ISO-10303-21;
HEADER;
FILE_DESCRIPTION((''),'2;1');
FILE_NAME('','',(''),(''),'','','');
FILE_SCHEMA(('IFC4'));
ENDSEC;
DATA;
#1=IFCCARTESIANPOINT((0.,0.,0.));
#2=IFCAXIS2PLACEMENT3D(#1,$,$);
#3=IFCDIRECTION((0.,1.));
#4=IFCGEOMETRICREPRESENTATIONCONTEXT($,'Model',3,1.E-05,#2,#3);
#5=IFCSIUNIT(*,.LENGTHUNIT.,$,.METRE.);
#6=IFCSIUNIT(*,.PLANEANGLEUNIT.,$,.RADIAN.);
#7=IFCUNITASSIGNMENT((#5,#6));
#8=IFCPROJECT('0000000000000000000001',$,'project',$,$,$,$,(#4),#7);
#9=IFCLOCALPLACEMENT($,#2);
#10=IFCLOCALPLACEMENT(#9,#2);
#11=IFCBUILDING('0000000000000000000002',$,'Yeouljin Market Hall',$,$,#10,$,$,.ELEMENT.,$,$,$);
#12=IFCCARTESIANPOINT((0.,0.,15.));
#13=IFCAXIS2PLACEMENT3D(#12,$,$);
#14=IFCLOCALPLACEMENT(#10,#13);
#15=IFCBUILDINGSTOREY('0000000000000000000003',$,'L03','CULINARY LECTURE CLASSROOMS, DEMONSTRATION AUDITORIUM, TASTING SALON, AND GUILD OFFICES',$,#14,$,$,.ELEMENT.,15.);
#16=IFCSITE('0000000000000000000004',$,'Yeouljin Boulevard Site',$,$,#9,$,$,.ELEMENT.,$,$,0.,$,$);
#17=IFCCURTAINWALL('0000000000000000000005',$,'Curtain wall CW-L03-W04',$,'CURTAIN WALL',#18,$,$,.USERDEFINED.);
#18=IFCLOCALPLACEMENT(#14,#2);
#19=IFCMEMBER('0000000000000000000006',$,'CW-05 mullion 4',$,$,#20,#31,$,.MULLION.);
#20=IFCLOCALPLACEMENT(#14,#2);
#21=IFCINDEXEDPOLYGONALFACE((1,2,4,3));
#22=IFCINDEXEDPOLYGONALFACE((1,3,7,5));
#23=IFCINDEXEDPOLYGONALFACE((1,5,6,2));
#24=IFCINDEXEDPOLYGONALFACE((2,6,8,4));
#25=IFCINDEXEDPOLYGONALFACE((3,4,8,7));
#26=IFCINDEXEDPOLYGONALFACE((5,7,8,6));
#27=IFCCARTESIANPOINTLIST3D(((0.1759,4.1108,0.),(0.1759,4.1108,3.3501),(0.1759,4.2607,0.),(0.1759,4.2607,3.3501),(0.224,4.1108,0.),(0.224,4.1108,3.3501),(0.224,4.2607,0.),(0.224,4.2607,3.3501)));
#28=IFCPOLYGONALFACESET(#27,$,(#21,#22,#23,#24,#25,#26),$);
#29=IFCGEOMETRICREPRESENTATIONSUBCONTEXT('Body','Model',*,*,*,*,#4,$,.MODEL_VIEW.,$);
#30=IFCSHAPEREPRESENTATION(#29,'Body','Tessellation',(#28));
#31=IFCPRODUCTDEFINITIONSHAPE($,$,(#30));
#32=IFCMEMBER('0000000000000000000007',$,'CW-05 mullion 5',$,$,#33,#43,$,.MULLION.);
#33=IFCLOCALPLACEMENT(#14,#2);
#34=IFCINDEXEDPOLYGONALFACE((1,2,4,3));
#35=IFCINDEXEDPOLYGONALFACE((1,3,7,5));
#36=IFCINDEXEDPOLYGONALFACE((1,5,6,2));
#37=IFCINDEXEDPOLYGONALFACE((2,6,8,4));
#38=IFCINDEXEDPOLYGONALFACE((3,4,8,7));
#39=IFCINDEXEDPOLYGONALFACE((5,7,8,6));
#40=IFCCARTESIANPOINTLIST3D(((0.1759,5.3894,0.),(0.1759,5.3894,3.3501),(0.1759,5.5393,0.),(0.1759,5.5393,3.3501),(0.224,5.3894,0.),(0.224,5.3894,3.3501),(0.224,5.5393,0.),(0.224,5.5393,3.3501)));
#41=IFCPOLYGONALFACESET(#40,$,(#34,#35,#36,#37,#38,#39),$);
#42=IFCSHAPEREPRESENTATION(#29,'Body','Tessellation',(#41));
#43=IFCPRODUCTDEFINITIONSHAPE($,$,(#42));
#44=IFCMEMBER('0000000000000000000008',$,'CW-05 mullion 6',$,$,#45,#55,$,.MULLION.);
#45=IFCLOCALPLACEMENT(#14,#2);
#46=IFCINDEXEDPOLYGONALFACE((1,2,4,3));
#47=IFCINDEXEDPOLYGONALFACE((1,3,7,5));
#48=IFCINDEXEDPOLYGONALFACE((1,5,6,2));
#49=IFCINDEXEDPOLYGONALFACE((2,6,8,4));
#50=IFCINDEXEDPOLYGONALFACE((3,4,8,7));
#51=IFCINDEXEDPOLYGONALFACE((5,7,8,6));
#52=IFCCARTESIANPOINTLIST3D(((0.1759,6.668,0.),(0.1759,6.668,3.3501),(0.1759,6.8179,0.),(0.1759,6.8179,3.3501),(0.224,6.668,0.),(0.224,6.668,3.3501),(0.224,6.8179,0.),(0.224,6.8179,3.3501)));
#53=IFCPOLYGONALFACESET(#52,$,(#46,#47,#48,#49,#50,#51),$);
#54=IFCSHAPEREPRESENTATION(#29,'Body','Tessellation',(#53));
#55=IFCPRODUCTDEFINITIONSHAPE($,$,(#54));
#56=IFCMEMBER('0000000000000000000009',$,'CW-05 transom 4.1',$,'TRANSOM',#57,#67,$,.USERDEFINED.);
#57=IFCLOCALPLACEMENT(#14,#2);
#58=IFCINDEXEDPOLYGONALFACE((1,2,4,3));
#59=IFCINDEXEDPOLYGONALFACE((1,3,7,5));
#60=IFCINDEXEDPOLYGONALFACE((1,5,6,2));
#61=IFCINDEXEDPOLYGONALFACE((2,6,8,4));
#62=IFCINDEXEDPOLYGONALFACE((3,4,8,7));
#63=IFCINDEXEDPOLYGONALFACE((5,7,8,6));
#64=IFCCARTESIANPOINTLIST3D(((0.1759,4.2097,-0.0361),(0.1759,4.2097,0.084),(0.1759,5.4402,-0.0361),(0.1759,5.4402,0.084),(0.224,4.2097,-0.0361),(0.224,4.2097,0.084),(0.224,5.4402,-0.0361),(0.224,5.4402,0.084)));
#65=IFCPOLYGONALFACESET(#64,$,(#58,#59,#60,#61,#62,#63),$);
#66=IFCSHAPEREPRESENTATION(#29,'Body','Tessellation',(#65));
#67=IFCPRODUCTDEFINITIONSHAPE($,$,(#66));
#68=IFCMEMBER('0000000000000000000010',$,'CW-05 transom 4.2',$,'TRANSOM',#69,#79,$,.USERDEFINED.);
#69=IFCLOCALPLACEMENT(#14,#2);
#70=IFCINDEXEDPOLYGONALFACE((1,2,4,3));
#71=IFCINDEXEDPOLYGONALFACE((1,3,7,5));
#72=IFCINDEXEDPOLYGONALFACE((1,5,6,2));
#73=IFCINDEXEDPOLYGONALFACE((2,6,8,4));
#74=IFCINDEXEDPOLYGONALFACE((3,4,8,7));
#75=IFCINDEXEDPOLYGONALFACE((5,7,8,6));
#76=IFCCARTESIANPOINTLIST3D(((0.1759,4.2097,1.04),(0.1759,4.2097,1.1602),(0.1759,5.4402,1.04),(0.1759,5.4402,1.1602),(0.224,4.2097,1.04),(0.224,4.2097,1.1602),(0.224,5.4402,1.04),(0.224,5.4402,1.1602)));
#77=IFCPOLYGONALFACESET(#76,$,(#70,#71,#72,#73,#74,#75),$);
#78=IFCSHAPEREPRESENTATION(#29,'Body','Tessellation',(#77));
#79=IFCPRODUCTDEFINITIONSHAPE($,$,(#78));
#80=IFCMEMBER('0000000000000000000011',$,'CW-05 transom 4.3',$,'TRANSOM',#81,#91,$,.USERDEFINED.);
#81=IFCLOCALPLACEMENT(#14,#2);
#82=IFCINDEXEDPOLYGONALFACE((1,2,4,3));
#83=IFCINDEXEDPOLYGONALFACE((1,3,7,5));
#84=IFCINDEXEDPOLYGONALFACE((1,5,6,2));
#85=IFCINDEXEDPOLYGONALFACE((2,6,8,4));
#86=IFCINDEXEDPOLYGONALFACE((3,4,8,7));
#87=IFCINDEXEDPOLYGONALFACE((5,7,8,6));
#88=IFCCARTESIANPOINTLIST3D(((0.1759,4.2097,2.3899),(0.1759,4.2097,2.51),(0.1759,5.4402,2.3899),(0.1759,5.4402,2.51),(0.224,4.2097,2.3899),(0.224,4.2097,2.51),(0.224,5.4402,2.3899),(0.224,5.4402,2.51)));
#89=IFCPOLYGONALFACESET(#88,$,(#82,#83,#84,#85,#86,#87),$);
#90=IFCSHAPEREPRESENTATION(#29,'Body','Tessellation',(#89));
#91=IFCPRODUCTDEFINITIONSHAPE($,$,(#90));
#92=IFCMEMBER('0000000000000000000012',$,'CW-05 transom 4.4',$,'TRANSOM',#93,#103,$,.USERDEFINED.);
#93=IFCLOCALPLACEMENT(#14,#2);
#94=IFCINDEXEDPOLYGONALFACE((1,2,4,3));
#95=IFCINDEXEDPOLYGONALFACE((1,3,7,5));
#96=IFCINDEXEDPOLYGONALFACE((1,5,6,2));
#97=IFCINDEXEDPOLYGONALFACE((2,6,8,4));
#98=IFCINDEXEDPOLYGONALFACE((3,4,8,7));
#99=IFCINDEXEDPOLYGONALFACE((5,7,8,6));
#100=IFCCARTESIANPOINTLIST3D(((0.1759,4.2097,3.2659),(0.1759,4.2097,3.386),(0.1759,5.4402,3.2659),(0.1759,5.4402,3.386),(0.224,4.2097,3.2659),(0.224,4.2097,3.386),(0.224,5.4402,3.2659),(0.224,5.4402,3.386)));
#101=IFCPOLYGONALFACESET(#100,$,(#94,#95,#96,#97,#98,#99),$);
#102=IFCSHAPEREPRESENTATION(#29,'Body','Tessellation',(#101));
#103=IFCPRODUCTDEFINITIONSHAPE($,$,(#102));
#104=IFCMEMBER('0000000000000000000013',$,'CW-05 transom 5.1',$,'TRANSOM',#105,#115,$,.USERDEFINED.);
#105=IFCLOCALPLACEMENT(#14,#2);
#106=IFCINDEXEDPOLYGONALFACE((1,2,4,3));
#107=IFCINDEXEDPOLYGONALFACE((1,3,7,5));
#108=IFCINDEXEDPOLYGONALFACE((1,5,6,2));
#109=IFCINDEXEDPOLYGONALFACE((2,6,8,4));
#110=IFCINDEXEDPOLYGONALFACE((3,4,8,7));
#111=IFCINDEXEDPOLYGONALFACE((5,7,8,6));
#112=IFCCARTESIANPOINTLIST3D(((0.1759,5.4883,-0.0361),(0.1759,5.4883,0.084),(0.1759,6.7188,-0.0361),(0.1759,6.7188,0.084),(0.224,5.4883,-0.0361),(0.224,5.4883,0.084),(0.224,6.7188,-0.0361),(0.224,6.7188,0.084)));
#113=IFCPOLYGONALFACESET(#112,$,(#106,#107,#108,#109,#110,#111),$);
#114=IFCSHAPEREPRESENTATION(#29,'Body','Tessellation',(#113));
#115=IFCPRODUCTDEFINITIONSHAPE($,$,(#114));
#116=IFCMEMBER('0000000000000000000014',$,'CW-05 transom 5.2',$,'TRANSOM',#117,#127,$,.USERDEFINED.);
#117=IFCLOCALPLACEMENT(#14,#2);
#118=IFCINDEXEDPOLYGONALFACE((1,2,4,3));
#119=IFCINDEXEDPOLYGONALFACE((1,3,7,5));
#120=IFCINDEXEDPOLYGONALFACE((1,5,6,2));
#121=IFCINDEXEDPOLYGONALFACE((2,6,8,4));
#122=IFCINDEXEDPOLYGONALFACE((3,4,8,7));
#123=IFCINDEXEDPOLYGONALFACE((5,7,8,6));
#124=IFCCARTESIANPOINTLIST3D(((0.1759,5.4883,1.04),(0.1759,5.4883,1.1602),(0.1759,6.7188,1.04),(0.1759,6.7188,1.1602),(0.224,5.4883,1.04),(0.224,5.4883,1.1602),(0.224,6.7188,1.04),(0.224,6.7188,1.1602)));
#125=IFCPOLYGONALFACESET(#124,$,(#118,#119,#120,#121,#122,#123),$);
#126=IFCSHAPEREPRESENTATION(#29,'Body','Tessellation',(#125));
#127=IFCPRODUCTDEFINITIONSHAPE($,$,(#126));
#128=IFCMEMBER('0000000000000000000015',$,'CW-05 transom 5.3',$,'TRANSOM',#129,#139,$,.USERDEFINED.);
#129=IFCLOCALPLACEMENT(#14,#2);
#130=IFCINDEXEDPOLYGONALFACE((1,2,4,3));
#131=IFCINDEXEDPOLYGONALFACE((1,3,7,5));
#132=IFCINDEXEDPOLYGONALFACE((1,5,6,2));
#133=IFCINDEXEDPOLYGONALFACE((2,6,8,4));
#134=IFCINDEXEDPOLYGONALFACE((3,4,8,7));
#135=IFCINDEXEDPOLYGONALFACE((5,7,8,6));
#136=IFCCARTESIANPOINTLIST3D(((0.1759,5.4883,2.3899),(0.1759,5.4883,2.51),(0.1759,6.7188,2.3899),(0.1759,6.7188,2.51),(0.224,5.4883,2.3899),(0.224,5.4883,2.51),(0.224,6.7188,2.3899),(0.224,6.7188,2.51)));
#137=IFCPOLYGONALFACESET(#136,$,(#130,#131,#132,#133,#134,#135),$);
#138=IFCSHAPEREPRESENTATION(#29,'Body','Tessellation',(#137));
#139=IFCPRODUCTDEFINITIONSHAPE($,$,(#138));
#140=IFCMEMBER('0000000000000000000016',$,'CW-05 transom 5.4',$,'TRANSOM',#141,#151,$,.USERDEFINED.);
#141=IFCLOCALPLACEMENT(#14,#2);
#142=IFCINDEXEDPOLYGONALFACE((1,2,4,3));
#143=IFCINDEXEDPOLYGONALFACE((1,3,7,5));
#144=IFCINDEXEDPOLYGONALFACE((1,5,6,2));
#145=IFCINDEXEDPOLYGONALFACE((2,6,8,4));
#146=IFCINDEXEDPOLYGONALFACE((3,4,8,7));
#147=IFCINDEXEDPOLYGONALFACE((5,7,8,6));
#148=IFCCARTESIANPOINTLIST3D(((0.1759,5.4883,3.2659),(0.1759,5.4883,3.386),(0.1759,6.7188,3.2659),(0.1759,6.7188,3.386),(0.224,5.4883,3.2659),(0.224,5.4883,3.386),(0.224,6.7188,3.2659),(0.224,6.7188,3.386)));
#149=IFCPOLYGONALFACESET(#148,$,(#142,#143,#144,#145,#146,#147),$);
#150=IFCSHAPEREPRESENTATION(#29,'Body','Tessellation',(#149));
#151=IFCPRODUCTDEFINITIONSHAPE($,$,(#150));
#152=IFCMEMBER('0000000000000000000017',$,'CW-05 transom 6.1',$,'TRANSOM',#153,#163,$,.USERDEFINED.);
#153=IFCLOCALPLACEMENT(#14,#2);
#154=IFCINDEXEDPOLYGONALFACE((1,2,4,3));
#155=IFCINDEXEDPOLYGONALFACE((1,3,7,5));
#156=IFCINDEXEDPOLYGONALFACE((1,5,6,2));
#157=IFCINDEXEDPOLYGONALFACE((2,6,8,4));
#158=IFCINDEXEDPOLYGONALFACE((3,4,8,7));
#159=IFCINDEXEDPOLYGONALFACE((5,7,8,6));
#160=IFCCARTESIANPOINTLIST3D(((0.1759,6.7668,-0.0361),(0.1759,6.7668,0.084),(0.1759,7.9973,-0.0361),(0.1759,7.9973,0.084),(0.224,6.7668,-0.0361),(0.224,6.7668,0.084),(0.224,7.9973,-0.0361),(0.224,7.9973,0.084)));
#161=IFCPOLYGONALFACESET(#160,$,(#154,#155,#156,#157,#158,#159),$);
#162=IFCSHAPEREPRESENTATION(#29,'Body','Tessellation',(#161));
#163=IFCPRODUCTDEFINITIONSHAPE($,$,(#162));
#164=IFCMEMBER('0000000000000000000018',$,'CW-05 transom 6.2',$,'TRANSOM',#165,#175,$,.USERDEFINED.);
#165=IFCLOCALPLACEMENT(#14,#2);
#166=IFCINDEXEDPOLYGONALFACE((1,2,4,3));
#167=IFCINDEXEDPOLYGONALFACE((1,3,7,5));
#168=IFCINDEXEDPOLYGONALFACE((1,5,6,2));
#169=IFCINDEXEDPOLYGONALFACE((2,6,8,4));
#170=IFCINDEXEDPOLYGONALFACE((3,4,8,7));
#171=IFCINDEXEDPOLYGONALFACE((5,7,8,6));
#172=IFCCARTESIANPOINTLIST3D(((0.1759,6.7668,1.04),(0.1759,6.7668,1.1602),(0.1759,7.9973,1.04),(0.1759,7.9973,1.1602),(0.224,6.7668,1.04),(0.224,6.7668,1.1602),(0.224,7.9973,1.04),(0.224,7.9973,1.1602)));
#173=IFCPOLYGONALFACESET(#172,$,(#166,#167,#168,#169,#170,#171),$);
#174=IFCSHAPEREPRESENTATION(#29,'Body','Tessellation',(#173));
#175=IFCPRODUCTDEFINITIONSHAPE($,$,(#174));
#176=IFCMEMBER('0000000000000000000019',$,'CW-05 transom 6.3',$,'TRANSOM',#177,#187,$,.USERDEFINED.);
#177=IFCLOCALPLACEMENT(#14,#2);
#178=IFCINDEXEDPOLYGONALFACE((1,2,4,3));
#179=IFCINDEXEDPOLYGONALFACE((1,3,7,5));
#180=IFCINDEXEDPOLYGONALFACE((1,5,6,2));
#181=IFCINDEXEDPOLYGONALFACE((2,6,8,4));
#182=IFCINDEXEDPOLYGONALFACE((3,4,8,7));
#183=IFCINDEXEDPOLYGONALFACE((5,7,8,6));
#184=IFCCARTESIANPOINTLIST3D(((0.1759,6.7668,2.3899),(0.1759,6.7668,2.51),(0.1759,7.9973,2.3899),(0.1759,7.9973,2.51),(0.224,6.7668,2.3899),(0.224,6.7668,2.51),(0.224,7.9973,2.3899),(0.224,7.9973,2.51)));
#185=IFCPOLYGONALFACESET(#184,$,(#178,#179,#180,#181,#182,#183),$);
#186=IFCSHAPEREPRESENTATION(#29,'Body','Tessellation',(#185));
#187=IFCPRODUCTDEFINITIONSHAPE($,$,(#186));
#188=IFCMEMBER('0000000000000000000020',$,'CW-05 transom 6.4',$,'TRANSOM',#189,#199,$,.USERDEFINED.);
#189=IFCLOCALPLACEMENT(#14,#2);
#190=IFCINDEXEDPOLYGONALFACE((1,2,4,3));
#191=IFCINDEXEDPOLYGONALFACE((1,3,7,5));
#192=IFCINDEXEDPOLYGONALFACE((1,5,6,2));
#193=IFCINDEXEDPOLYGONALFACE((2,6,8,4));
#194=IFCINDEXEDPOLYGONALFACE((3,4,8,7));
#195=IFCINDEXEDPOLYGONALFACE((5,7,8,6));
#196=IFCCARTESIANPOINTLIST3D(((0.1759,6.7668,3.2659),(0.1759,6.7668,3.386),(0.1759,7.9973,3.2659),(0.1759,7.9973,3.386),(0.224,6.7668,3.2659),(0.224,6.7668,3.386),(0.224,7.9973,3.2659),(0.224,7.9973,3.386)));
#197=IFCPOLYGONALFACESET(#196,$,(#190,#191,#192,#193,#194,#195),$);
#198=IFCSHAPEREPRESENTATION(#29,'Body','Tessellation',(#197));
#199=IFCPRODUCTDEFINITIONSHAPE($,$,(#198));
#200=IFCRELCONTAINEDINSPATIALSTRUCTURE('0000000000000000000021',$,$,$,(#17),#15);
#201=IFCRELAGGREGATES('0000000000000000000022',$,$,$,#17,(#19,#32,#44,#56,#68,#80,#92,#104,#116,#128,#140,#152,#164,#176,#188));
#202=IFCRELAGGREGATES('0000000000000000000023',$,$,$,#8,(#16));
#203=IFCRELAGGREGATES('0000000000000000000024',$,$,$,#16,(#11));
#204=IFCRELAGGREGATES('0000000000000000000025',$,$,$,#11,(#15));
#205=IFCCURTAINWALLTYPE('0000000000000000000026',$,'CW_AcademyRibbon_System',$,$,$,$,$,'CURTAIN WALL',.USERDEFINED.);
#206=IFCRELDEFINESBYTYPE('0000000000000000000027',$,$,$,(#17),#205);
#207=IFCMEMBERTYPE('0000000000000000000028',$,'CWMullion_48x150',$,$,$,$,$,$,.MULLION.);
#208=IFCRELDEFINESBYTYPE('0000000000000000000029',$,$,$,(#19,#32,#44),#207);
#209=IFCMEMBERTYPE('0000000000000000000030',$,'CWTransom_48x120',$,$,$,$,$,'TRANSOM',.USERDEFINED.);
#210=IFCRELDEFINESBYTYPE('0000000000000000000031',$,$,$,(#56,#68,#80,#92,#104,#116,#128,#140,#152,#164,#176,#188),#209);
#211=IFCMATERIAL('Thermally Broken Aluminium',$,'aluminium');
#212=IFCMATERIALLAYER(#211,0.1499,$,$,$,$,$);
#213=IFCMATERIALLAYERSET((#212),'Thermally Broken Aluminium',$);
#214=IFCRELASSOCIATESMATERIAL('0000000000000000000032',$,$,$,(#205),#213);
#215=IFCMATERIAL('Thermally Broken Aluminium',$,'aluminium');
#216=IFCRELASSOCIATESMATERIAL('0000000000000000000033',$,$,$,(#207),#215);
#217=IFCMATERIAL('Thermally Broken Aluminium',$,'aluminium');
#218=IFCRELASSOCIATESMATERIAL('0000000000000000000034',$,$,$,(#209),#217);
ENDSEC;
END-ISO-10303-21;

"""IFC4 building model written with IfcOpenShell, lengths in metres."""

from ifc_helpers import new_model, si_unit, direction, frame, origin, origin_2d, place, context, subcontext, project, spatial, rectangle, extrude, material, layer, layer_set, material_profile, profile_set, type_object, element, aggregate, save


model = new_model("IFC4")

# Units and contexts
model_context = context("Model", 3, precision=1e-05, world=origin(), true_north=direction((0.0, 1.0)))
body_context = subcontext(model_context, "Body", "Model", "MODEL_VIEW")
ifc_project = project(units=[si_unit("LENGTHUNIT", "METRE"), si_unit("PLANEANGLEUNIT", "RADIAN")], contexts=[model_context])

# Site, building, storey
site_placement = place(None, origin())
site = spatial("IfcSite", under=ifc_project, at=site_placement, Name="Yeouljin Boulevard Site", CompositionType="ELEMENT", RefElevation=0.0)
building_placement = place(site_placement, origin())
building = spatial("IfcBuilding", under=site, at=building_placement, Name="Yeouljin Market Hall", CompositionType="ELEMENT")
storey_placement = place(building_placement, frame((0.0, 0.0, 15.0)))
storey = spatial("IfcBuildingStorey", under=building, at=storey_placement, Name="L03", Description="CULINARY LECTURE CLASSROOMS, DEMONSTRATION AUDITORIUM, TASTING SALON, AND GUILD OFFICES", CompositionType="ELEMENT", Elevation=15.0)

# Curtain wall, members
ifc_material_1 = material(Name="Thermally Broken Aluminium", Category="aluminium")
ifc_layer_1 = layer(ifc_material_1, 0.1499)
ifc_layer_set_1 = layer_set([ifc_layer_1], Name="Thermally Broken Aluminium")
curtain_wall_type = type_object("IfcCurtainWallType", Name="CW_AcademyRibbon_System", ElementType="CURTAIN WALL", PredefinedType="USERDEFINED", material=ifc_layer_set_1)
curtain_wall_placement = place(storey_placement, origin())
curtain_wall = element("IfcCurtainWall", 1, at=curtain_wall_placement, inside=storey, type_object=curtain_wall_type, Name="Curtain wall CW-L03-W04", ObjectType="CURTAIN WALL", PredefinedType="USERDEFINED")
ifc_material_2 = material(Name="Thermally Broken Aluminium", Category="aluminium")
ifc_material_profile_1 = material_profile(ifc_material_2, rectangle(XDim=0.0481, YDim=0.1499, at=origin_2d()), Name="CW-MULL-48x150")
ifc_profile_set_1 = profile_set([ifc_material_profile_1], Name="Thermally Broken Aluminium")
member_type_1 = type_object("IfcMemberType", Name="CWMullion_48x150", PredefinedType="MULLION", material=ifc_profile_set_1)
member_1_placement = place(storey_placement, frame((0.2, 4.1858, 0.0), z_axis=(0.0, 0.0, 1.0), x_axis=(-1.0, 0.0, 0.0)))
member_1 = element("IfcMember", 2, at=member_1_placement, type_object=member_type_1, Name="CW-05 mullion 4", PredefinedType="MULLION", context=body_context, shape_type="SweptSolid", body=[
    extrude(rectangle(XDim=0.0481, YDim=0.1499, at=origin_2d()), origin(), (0.0, 0.0, 1.0), 3.3501),
])
member_2_placement = place(storey_placement, frame((0.2, 5.4644, 0.0), z_axis=(0.0, 0.0, 1.0), x_axis=(-1.0, 0.0, 0.0)))
member_2 = element("IfcMember", 3, at=member_2_placement, type_object=member_type_1, Name="CW-05 mullion 5", PredefinedType="MULLION", context=body_context, shape_type="SweptSolid", body=[
    extrude(rectangle(XDim=0.0481, YDim=0.1499, at=origin_2d()), origin(), (0.0, 0.0, 1.0), 3.3501),
])
member_3_placement = place(storey_placement, frame((0.2, 6.7429, 0.0), z_axis=(0.0, 0.0, 1.0), x_axis=(-1.0, 0.0, 0.0)))
member_3 = element("IfcMember", 4, at=member_3_placement, type_object=member_type_1, Name="CW-05 mullion 6", PredefinedType="MULLION", context=body_context, shape_type="SweptSolid", body=[
    extrude(rectangle(XDim=0.0481, YDim=0.1499, at=origin_2d()), origin(), (0.0, 0.0, 1.0), 3.3501),
])
ifc_material_3 = material(Name="Thermally Broken Aluminium", Category="aluminium")
ifc_material_profile_2 = material_profile(ifc_material_3, rectangle(XDim=0.0481, YDim=0.1201, at=origin_2d()), Name="CW-TRAN-48x120")
ifc_profile_set_2 = profile_set([ifc_material_profile_2], Name="Thermally Broken Aluminium")
member_type_2 = type_object("IfcMemberType", Name="CWTransom_48x120", ElementType="TRANSOM", PredefinedType="USERDEFINED", material=ifc_profile_set_2)
member_4_placement = place(storey_placement, frame((0.2, 4.2097, 0.0239), z_axis=(0.0, 1.0, 0.0), x_axis=(-1.0, 0.0, 0.0)))
member_4 = element("IfcMember", 5, at=member_4_placement, type_object=member_type_2, Name="CW-05 transom 4.1", ObjectType="TRANSOM", PredefinedType="USERDEFINED", context=body_context, shape_type="SweptSolid", body=[
    extrude(rectangle(XDim=0.0481, YDim=0.1201, at=origin_2d()), origin(), (0.0, 0.0, 1.0), 1.2305),
])
member_5_placement = place(storey_placement, frame((0.2, 4.2097, 1.1001), z_axis=(0.0, 1.0, 0.0), x_axis=(-1.0, 0.0, 0.0)))
member_5 = element("IfcMember", 6, at=member_5_placement, type_object=member_type_2, Name="CW-05 transom 4.2", ObjectType="TRANSOM", PredefinedType="USERDEFINED", context=body_context, shape_type="SweptSolid", body=[
    extrude(rectangle(XDim=0.0481, YDim=0.1201, at=origin_2d()), origin(), (0.0, 0.0, 1.0), 1.2305),
])
member_6_placement = place(storey_placement, frame((0.2, 4.2097, 2.45), z_axis=(0.0, 1.0, 0.0), x_axis=(-1.0, 0.0, 0.0)))
member_6 = element("IfcMember", 7, at=member_6_placement, type_object=member_type_2, Name="CW-05 transom 4.3", ObjectType="TRANSOM", PredefinedType="USERDEFINED", context=body_context, shape_type="SweptSolid", body=[
    extrude(rectangle(XDim=0.0481, YDim=0.1201, at=origin_2d()), origin(), (0.0, 0.0, 1.0), 1.2305),
])
member_7_placement = place(storey_placement, frame((0.2, 4.2097, 3.3259), z_axis=(0.0, 1.0, 0.0), x_axis=(-1.0, 0.0, 0.0)))
member_7 = element("IfcMember", 8, at=member_7_placement, type_object=member_type_2, Name="CW-05 transom 4.4", ObjectType="TRANSOM", PredefinedType="USERDEFINED", context=body_context, shape_type="SweptSolid", body=[
    extrude(rectangle(XDim=0.0481, YDim=0.1201, at=origin_2d()), origin(), (0.0, 0.0, 1.0), 1.2305),
])
member_8_placement = place(storey_placement, frame((0.2, 5.4883, 0.0239), z_axis=(0.0, 1.0, 0.0), x_axis=(-1.0, 0.0, 0.0)))
member_8 = element("IfcMember", 9, at=member_8_placement, type_object=member_type_2, Name="CW-05 transom 5.1", ObjectType="TRANSOM", PredefinedType="USERDEFINED", context=body_context, shape_type="SweptSolid", body=[
    extrude(rectangle(XDim=0.0481, YDim=0.1201, at=origin_2d()), origin(), (0.0, 0.0, 1.0), 1.2305),
])
member_9_placement = place(storey_placement, frame((0.2, 5.4883, 1.1001), z_axis=(0.0, 1.0, 0.0), x_axis=(-1.0, 0.0, 0.0)))
member_9 = element("IfcMember", 10, at=member_9_placement, type_object=member_type_2, Name="CW-05 transom 5.2", ObjectType="TRANSOM", PredefinedType="USERDEFINED", context=body_context, shape_type="SweptSolid", body=[
    extrude(rectangle(XDim=0.0481, YDim=0.1201, at=origin_2d()), origin(), (0.0, 0.0, 1.0), 1.2305),
])
member_10_placement = place(storey_placement, frame((0.2, 5.4883, 2.45), z_axis=(0.0, 1.0, 0.0), x_axis=(-1.0, 0.0, 0.0)))
member_10 = element("IfcMember", 11, at=member_10_placement, type_object=member_type_2, Name="CW-05 transom 5.3", ObjectType="TRANSOM", PredefinedType="USERDEFINED", context=body_context, shape_type="SweptSolid", body=[
    extrude(rectangle(XDim=0.0481, YDim=0.1201, at=origin_2d()), origin(), (0.0, 0.0, 1.0), 1.2305),
])
member_11_placement = place(storey_placement, frame((0.2, 5.4883, 3.3259), z_axis=(0.0, 1.0, 0.0), x_axis=(-1.0, 0.0, 0.0)))
member_11 = element("IfcMember", 12, at=member_11_placement, type_object=member_type_2, Name="CW-05 transom 5.4", ObjectType="TRANSOM", PredefinedType="USERDEFINED", context=body_context, shape_type="SweptSolid", body=[
    extrude(rectangle(XDim=0.0481, YDim=0.1201, at=origin_2d()), origin(), (0.0, 0.0, 1.0), 1.2305),
])
member_12_placement = place(storey_placement, frame((0.2, 6.7668, 0.0239), z_axis=(0.0, 1.0, 0.0), x_axis=(-1.0, 0.0, 0.0)))
member_12 = element("IfcMember", 13, at=member_12_placement, type_object=member_type_2, Name="CW-05 transom 6.1", ObjectType="TRANSOM", PredefinedType="USERDEFINED", context=body_context, shape_type="SweptSolid", body=[
    extrude(rectangle(XDim=0.0481, YDim=0.1201, at=origin_2d()), origin(), (0.0, 0.0, 1.0), 1.2305),
])
member_13_placement = place(storey_placement, frame((0.2, 6.7668, 1.1001), z_axis=(0.0, 1.0, 0.0), x_axis=(-1.0, 0.0, 0.0)))
member_13 = element("IfcMember", 14, at=member_13_placement, type_object=member_type_2, Name="CW-05 transom 6.2", ObjectType="TRANSOM", PredefinedType="USERDEFINED", context=body_context, shape_type="SweptSolid", body=[
    extrude(rectangle(XDim=0.0481, YDim=0.1201, at=origin_2d()), origin(), (0.0, 0.0, 1.0), 1.2305),
])
member_14_placement = place(storey_placement, frame((0.2, 6.7668, 2.45), z_axis=(0.0, 1.0, 0.0), x_axis=(-1.0, 0.0, 0.0)))
member_14 = element("IfcMember", 15, at=member_14_placement, type_object=member_type_2, Name="CW-05 transom 6.3", ObjectType="TRANSOM", PredefinedType="USERDEFINED", context=body_context, shape_type="SweptSolid", body=[
    extrude(rectangle(XDim=0.0481, YDim=0.1201, at=origin_2d()), origin(), (0.0, 0.0, 1.0), 1.2305),
])
member_15_placement = place(storey_placement, frame((0.2, 6.7668, 3.3259), z_axis=(0.0, 1.0, 0.0), x_axis=(-1.0, 0.0, 0.0)))
member_15 = element("IfcMember", 16, at=member_15_placement, type_object=member_type_2, Name="CW-05 transom 6.4", ObjectType="TRANSOM", PredefinedType="USERDEFINED", context=body_context, shape_type="SweptSolid", body=[
    extrude(rectangle(XDim=0.0481, YDim=0.1201, at=origin_2d()), origin(), (0.0, 0.0, 1.0), 1.2305),
])
aggregate(curtain_wall, [member_1, member_2, member_3, member_4, member_5, member_6, member_7, member_8, member_9, member_10, member_11, member_12, member_13, member_14, member_15])

save(model, "model.ifc")
